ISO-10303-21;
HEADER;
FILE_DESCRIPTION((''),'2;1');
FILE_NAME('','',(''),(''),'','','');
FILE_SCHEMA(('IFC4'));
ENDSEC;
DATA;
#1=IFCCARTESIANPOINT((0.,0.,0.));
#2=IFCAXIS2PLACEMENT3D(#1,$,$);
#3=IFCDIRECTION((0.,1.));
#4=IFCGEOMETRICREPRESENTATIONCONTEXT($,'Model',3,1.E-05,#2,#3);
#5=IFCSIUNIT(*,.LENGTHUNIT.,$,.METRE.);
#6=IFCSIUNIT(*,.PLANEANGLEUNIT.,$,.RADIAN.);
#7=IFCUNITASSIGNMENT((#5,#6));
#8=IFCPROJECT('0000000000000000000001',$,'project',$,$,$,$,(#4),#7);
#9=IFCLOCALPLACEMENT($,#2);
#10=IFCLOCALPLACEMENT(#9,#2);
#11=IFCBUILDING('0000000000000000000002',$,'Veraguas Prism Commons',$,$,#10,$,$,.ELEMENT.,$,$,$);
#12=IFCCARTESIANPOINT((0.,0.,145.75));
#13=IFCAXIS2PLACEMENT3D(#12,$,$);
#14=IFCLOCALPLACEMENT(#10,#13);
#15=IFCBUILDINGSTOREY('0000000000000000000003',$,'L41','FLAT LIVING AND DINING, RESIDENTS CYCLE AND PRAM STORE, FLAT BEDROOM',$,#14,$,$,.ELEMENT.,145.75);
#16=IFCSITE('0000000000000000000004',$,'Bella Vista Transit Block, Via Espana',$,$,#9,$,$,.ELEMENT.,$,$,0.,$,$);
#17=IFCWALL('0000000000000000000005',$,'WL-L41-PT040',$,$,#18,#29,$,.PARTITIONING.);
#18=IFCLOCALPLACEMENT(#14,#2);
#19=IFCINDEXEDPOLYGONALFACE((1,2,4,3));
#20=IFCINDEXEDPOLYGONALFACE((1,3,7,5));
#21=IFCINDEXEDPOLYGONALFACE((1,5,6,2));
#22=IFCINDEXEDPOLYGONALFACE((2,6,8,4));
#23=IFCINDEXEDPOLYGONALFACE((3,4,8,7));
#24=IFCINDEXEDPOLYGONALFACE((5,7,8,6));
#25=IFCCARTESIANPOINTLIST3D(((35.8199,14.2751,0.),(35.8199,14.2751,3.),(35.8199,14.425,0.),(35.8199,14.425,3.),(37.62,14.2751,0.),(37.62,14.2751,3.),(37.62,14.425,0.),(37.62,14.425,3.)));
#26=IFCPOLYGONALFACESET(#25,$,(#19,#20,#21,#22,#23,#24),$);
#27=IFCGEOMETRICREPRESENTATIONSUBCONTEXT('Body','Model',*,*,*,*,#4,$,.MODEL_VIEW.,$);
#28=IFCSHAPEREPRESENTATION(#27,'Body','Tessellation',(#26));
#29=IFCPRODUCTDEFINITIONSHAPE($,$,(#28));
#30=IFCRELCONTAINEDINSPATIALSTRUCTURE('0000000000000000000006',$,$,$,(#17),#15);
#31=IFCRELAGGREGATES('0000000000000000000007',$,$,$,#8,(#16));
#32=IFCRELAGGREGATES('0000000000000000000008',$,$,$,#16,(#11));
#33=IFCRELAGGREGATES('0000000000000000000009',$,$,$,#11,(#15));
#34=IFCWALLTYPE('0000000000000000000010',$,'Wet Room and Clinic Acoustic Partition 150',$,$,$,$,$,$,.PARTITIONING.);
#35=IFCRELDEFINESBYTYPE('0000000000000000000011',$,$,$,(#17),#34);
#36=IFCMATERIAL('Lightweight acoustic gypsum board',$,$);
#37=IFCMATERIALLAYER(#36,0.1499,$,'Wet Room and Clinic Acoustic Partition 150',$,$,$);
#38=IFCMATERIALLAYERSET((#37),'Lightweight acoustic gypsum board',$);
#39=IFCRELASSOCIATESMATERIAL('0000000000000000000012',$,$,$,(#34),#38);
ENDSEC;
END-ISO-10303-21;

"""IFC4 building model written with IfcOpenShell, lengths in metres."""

from ifc_helpers import new_model, si_unit, direction, frame, frame_2d, origin, place, context, subcontext, project, spatial, rectangle, extrude, material, layer, layer_set, type_object, element, save


model = new_model("IFC4")

# Units and contexts
model_context = context("Model", 3, precision=1e-05, world=origin(), true_north=direction((0.0, 1.0)))
body_context = subcontext(model_context, "Body", "Model", "MODEL_VIEW")
ifc_project = project(units=[si_unit("LENGTHUNIT", "METRE"), si_unit("PLANEANGLEUNIT", "RADIAN")], contexts=[model_context])

# Site, building, storey
site_placement = place(None, origin())
site = spatial("IfcSite", under=ifc_project, at=site_placement, Name="Bella Vista Transit Block, Via Espana", CompositionType="ELEMENT", RefElevation=0.0)
building_placement = place(site_placement, origin())
building = spatial("IfcBuilding", under=site, at=building_placement, Name="Veraguas Prism Commons", CompositionType="ELEMENT")
storey_placement = place(building_placement, frame((0.0, 0.0, 145.75)))
storey = spatial("IfcBuildingStorey", under=building, at=storey_placement, Name="L41", Description="FLAT LIVING AND DINING, RESIDENTS CYCLE AND PRAM STORE, FLAT BEDROOM", CompositionType="ELEMENT", Elevation=145.75)

# Shared definitions
ifc_material_1 = material(Name="Lightweight acoustic gypsum board")

# Wall
ifc_layer_1 = layer(ifc_material_1, 0.1499, Name="Wet Room and Clinic Acoustic Partition 150")
ifc_layer_set_1 = layer_set([ifc_layer_1], Name="Lightweight acoustic gypsum board")
wall_type_1 = type_object("IfcWallType", Name="Wet Room and Clinic Acoustic Partition 150", PredefinedType="PARTITIONING", material=ifc_layer_set_1)
wall_1_placement = place(storey_placement, frame((35.8201, 14.3501, 0.0), z_axis=(0.0, 0.0, 1.0), x_axis=(1.0, 0.0, 0.0)))
element("IfcWall", 1, at=wall_1_placement, inside=storey, type_object=wall_type_1, Name="WL-L41-PT040", PredefinedType="PARTITIONING", context=body_context, shape_type="SweptSolid", body=[
    extrude(rectangle(XDim=1.8, YDim=0.1499, at=frame_2d((0.8999, 0.0))), origin(), (0.0, 0.0, 1.0), 3.0),
])

save(model, "model.ifc")
